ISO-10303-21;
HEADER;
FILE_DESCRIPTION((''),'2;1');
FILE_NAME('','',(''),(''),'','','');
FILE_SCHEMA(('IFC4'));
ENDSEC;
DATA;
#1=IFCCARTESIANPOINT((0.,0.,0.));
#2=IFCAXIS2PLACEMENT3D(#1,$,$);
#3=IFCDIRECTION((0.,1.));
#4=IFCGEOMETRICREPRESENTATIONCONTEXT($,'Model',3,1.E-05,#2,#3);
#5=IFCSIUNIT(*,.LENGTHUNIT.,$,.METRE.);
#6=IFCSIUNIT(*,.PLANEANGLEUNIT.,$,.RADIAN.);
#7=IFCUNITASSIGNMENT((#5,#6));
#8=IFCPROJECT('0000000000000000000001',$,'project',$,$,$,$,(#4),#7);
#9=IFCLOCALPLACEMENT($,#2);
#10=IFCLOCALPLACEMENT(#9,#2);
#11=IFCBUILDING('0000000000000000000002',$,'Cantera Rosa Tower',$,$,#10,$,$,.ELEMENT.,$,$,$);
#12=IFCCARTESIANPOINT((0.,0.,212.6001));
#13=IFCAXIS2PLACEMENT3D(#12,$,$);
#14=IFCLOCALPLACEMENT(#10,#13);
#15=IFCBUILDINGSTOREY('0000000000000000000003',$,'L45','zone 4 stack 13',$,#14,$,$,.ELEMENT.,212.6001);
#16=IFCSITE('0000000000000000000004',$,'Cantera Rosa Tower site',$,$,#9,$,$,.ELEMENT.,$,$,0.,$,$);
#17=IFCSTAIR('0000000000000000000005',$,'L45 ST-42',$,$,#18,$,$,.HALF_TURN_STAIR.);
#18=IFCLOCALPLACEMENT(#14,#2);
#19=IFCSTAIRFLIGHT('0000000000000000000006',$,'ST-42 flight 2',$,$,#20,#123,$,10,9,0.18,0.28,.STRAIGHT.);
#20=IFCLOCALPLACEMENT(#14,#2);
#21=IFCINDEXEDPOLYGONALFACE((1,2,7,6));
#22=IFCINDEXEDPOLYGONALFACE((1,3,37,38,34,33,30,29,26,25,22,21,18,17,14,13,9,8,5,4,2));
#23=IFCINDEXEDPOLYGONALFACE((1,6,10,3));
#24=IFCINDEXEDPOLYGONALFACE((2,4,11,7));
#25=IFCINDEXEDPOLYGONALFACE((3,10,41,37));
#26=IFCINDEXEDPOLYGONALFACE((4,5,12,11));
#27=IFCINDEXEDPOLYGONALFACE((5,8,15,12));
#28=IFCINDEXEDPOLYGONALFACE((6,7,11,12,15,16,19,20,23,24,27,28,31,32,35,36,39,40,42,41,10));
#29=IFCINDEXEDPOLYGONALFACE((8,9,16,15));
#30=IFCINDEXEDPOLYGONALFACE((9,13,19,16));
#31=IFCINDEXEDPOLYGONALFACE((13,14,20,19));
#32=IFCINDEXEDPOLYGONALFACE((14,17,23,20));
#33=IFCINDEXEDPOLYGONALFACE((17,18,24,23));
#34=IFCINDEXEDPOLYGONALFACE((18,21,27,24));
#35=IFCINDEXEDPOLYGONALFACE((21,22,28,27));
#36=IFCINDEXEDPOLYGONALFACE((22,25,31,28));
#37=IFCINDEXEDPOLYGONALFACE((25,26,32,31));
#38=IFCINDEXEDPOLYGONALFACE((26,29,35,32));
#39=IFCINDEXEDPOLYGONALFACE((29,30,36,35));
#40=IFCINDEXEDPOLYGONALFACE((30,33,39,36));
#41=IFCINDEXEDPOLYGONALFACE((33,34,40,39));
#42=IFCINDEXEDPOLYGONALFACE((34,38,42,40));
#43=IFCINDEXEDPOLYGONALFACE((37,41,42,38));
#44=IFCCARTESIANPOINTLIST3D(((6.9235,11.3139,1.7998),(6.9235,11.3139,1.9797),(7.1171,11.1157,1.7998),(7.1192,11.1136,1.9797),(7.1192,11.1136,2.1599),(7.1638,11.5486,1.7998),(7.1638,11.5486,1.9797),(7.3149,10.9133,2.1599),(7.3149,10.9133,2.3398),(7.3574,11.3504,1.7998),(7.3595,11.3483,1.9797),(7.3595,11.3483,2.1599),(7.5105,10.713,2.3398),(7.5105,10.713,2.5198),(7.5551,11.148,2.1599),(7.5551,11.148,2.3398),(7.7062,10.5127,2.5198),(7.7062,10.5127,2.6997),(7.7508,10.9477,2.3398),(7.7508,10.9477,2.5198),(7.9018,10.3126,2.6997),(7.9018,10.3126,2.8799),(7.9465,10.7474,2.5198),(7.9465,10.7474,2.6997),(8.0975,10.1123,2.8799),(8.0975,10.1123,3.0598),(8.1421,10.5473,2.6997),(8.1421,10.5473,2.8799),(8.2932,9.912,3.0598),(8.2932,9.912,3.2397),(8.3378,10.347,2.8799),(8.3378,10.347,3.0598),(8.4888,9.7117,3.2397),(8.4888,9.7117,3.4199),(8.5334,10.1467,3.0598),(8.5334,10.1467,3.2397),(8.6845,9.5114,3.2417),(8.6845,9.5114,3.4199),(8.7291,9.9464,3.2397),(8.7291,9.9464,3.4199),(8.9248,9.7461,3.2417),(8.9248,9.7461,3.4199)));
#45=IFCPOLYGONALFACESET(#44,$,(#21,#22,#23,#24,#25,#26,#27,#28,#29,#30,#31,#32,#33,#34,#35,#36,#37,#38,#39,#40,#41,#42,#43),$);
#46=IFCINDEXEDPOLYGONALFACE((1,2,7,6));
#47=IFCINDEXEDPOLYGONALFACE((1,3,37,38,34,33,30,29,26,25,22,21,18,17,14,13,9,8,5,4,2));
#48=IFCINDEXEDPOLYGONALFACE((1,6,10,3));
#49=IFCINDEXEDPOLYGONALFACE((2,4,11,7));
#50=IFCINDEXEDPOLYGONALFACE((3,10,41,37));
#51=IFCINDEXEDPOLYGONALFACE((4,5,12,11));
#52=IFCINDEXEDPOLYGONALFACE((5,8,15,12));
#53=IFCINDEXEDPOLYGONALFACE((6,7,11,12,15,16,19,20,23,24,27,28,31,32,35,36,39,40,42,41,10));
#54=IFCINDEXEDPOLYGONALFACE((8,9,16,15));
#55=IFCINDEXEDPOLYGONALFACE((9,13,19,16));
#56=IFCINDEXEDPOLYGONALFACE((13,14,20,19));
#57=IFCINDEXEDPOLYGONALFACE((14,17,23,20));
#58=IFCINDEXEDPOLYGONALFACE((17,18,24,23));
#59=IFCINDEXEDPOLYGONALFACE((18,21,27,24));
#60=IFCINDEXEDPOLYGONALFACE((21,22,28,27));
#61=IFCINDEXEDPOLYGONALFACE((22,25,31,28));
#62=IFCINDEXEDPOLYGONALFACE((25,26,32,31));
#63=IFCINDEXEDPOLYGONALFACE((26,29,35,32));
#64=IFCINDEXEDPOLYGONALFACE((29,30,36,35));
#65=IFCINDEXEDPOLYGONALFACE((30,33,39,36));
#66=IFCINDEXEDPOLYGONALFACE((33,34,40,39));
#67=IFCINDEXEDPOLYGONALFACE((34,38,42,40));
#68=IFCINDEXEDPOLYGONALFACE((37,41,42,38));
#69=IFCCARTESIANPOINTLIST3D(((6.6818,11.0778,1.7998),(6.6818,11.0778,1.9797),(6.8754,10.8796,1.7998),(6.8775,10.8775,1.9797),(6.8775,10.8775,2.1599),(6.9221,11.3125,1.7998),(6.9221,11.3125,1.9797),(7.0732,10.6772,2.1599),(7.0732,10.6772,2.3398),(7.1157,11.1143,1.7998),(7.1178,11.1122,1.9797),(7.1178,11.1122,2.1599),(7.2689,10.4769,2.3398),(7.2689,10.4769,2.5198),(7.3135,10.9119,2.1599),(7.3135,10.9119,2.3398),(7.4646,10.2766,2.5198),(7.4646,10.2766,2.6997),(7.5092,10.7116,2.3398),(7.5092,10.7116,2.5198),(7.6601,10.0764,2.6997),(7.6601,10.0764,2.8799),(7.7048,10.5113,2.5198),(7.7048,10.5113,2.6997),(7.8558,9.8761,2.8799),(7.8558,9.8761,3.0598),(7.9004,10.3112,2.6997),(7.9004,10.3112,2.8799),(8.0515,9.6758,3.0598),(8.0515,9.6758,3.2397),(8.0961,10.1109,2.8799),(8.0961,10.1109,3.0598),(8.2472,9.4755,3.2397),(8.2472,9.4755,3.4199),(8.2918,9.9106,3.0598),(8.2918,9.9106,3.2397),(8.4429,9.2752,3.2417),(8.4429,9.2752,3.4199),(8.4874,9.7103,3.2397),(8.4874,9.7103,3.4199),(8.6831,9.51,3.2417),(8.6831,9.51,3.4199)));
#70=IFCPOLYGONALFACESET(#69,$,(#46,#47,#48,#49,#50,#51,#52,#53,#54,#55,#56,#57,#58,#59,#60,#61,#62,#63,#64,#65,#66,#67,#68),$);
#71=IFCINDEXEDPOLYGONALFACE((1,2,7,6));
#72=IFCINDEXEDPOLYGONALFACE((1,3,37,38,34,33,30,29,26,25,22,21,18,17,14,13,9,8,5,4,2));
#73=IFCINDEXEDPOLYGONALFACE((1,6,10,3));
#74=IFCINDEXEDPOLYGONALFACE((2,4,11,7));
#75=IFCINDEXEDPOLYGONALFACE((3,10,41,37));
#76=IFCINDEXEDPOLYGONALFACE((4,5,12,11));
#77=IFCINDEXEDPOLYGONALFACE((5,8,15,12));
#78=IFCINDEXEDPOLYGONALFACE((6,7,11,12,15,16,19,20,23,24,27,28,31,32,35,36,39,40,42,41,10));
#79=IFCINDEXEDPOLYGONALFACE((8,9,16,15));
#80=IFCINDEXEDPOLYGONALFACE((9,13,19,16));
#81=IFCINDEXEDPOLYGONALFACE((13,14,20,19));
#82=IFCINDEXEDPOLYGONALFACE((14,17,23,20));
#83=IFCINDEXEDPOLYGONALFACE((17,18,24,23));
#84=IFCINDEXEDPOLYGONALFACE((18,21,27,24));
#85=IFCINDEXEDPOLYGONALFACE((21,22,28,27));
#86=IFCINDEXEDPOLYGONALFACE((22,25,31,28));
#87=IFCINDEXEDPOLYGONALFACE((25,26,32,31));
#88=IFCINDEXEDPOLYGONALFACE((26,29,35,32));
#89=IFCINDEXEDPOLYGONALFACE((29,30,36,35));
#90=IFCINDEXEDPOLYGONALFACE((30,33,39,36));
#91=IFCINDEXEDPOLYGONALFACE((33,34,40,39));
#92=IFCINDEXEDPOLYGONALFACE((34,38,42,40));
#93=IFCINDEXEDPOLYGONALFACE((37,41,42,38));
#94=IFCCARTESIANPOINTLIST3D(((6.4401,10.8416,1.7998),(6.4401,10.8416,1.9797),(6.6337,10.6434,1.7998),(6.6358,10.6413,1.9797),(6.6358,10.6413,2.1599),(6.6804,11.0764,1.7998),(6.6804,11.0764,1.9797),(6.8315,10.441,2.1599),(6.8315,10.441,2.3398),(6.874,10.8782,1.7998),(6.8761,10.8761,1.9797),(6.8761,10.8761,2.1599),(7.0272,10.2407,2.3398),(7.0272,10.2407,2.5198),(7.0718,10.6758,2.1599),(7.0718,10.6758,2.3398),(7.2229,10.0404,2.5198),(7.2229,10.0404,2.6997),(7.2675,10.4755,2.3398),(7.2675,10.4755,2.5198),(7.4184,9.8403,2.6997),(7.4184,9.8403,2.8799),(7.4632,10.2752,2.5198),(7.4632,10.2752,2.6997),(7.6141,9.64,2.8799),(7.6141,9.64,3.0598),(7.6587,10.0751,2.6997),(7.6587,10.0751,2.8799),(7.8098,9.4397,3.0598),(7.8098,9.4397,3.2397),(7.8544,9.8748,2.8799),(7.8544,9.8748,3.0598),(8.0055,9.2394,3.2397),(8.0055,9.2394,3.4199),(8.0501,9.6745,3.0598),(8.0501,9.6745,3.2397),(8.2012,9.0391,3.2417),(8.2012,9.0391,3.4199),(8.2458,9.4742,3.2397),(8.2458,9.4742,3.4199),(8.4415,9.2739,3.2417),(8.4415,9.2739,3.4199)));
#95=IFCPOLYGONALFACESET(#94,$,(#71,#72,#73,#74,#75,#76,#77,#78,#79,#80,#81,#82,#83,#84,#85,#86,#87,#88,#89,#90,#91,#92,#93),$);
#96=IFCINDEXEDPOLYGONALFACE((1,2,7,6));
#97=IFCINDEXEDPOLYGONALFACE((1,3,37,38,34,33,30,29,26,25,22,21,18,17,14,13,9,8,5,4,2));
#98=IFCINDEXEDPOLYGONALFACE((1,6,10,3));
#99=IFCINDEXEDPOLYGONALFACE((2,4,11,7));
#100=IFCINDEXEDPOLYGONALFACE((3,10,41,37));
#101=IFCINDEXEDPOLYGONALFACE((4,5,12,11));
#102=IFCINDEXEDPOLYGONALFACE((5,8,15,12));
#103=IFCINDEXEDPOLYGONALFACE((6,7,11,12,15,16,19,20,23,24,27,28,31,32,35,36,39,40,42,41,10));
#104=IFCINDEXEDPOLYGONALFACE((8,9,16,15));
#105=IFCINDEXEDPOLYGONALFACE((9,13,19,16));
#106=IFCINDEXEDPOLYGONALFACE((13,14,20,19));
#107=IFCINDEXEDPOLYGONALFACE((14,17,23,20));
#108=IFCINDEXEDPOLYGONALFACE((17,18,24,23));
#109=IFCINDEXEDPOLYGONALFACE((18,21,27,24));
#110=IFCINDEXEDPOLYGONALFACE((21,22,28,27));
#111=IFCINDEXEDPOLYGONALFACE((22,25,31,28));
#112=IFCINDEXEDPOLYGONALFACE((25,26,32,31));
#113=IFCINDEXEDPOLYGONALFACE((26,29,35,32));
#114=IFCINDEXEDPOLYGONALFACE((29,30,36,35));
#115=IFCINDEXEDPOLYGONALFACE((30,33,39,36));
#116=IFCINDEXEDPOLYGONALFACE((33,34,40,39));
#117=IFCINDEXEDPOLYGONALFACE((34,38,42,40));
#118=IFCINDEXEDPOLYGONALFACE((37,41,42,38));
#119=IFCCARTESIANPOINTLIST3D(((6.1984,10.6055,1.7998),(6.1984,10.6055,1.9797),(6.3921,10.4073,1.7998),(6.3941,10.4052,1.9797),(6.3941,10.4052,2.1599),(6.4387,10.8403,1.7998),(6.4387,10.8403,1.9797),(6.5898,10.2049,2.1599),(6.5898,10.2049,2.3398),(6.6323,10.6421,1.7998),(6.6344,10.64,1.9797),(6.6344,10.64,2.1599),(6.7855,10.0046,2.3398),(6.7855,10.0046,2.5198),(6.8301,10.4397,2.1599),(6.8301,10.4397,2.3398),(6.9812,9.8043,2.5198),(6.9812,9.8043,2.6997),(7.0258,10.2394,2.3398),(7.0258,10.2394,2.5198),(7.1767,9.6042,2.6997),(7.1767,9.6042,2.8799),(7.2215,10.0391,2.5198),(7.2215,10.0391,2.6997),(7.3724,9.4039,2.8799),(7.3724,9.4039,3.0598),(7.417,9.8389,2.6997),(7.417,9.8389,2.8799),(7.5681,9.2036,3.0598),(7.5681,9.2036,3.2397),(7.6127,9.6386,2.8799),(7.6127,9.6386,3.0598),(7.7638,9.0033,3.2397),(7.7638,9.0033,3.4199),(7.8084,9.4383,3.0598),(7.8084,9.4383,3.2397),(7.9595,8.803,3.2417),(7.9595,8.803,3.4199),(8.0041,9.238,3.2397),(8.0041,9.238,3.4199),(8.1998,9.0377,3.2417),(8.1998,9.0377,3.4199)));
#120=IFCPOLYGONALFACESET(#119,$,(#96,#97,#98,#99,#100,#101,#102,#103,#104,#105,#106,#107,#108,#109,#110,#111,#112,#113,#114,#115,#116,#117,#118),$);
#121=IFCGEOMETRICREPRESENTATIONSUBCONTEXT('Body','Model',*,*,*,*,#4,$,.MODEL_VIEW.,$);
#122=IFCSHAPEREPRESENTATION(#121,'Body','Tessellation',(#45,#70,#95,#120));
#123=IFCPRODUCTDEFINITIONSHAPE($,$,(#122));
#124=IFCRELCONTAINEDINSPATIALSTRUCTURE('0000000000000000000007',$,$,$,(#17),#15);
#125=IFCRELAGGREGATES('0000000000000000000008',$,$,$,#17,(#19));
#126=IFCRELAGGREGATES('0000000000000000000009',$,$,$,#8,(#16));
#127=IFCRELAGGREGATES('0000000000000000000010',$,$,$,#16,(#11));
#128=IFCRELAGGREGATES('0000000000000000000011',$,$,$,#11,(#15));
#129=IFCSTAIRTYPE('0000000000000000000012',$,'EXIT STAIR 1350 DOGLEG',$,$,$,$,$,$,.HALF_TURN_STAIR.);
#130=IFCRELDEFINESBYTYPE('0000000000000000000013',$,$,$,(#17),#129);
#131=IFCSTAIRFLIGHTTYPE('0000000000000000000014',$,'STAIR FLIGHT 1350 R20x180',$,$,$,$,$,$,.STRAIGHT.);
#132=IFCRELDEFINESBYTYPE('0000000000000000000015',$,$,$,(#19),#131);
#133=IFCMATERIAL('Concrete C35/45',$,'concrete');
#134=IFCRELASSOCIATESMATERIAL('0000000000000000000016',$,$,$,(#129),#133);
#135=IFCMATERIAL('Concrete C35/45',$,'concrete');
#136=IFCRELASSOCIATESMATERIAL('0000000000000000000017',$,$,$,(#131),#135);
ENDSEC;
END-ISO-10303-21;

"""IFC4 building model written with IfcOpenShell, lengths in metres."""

from ifc_helpers import new_model, si_unit, direction, frame, origin, place, context, subcontext, project, spatial, polyline, outline, extrude, material, type_object, element, aggregate, save


model = new_model("IFC4")

# Units and contexts
model_context = context("Model", 3, precision=1e-05, world=origin(), true_north=direction((0.0, 1.0)))
body_context = subcontext(model_context, "Body", "Model", "MODEL_VIEW")
ifc_project = project(units=[si_unit("LENGTHUNIT", "METRE"), si_unit("PLANEANGLEUNIT", "RADIAN")], contexts=[model_context])

# Site, building, storey
site_placement = place(None, origin())
site = spatial("IfcSite", under=ifc_project, at=site_placement, Name="Cantera Rosa Tower site", CompositionType="ELEMENT", RefElevation=0.0)
building_placement = place(site_placement, origin())
building = spatial("IfcBuilding", under=site, at=building_placement, Name="Cantera Rosa Tower", CompositionType="ELEMENT")
storey_placement = place(building_placement, frame((0.0, 0.0, 212.6001)))
storey = spatial("IfcBuildingStorey", under=building, at=storey_placement, Name="L45", Description="zone 4 stack 13", CompositionType="ELEMENT", Elevation=212.6001)

# Stair, stair flight
ifc_material_1 = material(Name="Concrete C35/45", Category="concrete")
stair_type = type_object("IfcStairType", Name="EXIT STAIR 1350 DOGLEG", PredefinedType="HALF_TURN_STAIR", material=ifc_material_1)
stair_placement = place(storey_placement, origin())
stair = element("IfcStair", 1, at=stair_placement, inside=storey, type_object=stair_type, Name="L45 ST-42", PredefinedType="HALF_TURN_STAIR")
ifc_material_2 = material(Name="Concrete C35/45", Category="concrete")
stair_flight_type = type_object("IfcStairFlightType", Name="STAIR FLIGHT 1350 R20x180", PredefinedType="STRAIGHT", material=ifc_material_2)
stair_flight_placement = place(storey_placement, frame((6.6809, 11.0769, 1.7998), z_axis=(0.0, 0.0, 1.0), x_axis=(0.698832, -0.715286, 0.0)))
stair_flight = element("IfcStairFlight", 2, at=stair_flight_placement, type_object=stair_flight_type, Name="ST-42 flight 2", NumberOfRisers=10, NumberOfTreads=9, PredefinedType="STRAIGHT", RiserHeight=0.18, TreadLength=0.28, context=body_context, shape_type="SweptSolid", body=[
    extrude(outline(polyline([(0.0, 0.0), (0.0, 0.1799), (0.28, 0.1799), (0.28, 0.3601), (0.5601, 0.3601), (0.5601, 0.54), (0.8401, 0.54), (0.8401, 0.72), (1.1201, 0.72), (1.1201, 0.8999), (1.3999, 0.8999), (1.3999, 1.0801), (1.6799, 1.0801), (1.6799, 1.26), (1.96, 1.26), (1.96, 1.4399), (2.24, 1.4399), (2.24, 1.6201), (2.52, 1.6201), (2.52, 1.8), (2.52, 1.4419), (0.2771, 0.0), (0.0, 0.0)])), frame((0.0, 0.675, 0.0), z_axis=(0.0, -1.0, 0.0), x_axis=(1.0, 0.0, 0.0)), (0.0, 0.0, 1.0), 0.3359),
    extrude(outline(polyline([(0.0, 0.0), (0.0, 0.1799), (0.28, 0.1799), (0.28, 0.3601), (0.5601, 0.3601), (0.5601, 0.54), (0.8401, 0.54), (0.8401, 0.72), (1.1201, 0.72), (1.1201, 0.8999), (1.3999, 0.8999), (1.3999, 1.0801), (1.6799, 1.0801), (1.6799, 1.26), (1.96, 1.26), (1.96, 1.4399), (2.24, 1.4399), (2.24, 1.6201), (2.52, 1.6201), (2.52, 1.8), (2.52, 1.4419), (0.2771, 0.0), (0.0, 0.0)])), frame((0.0, 0.3372, 0.0), z_axis=(0.0, -1.0, 0.0), x_axis=(1.0, 0.0, 0.0)), (0.0, 0.0, 1.0), 0.3359),
    extrude(outline(polyline([(0.0, 0.0), (0.0, 0.1799), (0.28, 0.1799), (0.28, 0.3601), (0.5601, 0.3601), (0.5601, 0.54), (0.8401, 0.54), (0.8401, 0.72), (1.1201, 0.72), (1.1201, 0.8999), (1.3999, 0.8999), (1.3999, 1.0801), (1.6799, 1.0801), (1.6799, 1.26), (1.96, 1.26), (1.96, 1.4399), (2.24, 1.4399), (2.24, 1.6201), (2.52, 1.6201), (2.52, 1.8), (2.52, 1.4419), (0.2771, 0.0), (0.0, 0.0)])), frame((0.0, -0.0007, 0.0), z_axis=(0.0, -1.0, 0.0), x_axis=(1.0, 0.0, 0.0)), (0.0, 0.0, 1.0), 0.3359),
    extrude(outline(polyline([(0.0, 0.0), (0.0, 0.1799), (0.28, 0.1799), (0.28, 0.3601), (0.5601, 0.3601), (0.5601, 0.54), (0.8401, 0.54), (0.8401, 0.72), (1.1201, 0.72), (1.1201, 0.8999), (1.3999, 0.8999), (1.3999, 1.0801), (1.6799, 1.0801), (1.6799, 1.26), (1.96, 1.26), (1.96, 1.4399), (2.24, 1.4399), (2.24, 1.6201), (2.52, 1.6201), (2.52, 1.8), (2.52, 1.4419), (0.2771, 0.0), (0.0, 0.0)])), frame((0.0, -0.3386, 0.0), z_axis=(0.0, -1.0, 0.0), x_axis=(1.0, 0.0, 0.0)), (0.0, 0.0, 1.0), 0.3359),
])
aggregate(stair, [stair_flight])

save(model, "model.ifc")
